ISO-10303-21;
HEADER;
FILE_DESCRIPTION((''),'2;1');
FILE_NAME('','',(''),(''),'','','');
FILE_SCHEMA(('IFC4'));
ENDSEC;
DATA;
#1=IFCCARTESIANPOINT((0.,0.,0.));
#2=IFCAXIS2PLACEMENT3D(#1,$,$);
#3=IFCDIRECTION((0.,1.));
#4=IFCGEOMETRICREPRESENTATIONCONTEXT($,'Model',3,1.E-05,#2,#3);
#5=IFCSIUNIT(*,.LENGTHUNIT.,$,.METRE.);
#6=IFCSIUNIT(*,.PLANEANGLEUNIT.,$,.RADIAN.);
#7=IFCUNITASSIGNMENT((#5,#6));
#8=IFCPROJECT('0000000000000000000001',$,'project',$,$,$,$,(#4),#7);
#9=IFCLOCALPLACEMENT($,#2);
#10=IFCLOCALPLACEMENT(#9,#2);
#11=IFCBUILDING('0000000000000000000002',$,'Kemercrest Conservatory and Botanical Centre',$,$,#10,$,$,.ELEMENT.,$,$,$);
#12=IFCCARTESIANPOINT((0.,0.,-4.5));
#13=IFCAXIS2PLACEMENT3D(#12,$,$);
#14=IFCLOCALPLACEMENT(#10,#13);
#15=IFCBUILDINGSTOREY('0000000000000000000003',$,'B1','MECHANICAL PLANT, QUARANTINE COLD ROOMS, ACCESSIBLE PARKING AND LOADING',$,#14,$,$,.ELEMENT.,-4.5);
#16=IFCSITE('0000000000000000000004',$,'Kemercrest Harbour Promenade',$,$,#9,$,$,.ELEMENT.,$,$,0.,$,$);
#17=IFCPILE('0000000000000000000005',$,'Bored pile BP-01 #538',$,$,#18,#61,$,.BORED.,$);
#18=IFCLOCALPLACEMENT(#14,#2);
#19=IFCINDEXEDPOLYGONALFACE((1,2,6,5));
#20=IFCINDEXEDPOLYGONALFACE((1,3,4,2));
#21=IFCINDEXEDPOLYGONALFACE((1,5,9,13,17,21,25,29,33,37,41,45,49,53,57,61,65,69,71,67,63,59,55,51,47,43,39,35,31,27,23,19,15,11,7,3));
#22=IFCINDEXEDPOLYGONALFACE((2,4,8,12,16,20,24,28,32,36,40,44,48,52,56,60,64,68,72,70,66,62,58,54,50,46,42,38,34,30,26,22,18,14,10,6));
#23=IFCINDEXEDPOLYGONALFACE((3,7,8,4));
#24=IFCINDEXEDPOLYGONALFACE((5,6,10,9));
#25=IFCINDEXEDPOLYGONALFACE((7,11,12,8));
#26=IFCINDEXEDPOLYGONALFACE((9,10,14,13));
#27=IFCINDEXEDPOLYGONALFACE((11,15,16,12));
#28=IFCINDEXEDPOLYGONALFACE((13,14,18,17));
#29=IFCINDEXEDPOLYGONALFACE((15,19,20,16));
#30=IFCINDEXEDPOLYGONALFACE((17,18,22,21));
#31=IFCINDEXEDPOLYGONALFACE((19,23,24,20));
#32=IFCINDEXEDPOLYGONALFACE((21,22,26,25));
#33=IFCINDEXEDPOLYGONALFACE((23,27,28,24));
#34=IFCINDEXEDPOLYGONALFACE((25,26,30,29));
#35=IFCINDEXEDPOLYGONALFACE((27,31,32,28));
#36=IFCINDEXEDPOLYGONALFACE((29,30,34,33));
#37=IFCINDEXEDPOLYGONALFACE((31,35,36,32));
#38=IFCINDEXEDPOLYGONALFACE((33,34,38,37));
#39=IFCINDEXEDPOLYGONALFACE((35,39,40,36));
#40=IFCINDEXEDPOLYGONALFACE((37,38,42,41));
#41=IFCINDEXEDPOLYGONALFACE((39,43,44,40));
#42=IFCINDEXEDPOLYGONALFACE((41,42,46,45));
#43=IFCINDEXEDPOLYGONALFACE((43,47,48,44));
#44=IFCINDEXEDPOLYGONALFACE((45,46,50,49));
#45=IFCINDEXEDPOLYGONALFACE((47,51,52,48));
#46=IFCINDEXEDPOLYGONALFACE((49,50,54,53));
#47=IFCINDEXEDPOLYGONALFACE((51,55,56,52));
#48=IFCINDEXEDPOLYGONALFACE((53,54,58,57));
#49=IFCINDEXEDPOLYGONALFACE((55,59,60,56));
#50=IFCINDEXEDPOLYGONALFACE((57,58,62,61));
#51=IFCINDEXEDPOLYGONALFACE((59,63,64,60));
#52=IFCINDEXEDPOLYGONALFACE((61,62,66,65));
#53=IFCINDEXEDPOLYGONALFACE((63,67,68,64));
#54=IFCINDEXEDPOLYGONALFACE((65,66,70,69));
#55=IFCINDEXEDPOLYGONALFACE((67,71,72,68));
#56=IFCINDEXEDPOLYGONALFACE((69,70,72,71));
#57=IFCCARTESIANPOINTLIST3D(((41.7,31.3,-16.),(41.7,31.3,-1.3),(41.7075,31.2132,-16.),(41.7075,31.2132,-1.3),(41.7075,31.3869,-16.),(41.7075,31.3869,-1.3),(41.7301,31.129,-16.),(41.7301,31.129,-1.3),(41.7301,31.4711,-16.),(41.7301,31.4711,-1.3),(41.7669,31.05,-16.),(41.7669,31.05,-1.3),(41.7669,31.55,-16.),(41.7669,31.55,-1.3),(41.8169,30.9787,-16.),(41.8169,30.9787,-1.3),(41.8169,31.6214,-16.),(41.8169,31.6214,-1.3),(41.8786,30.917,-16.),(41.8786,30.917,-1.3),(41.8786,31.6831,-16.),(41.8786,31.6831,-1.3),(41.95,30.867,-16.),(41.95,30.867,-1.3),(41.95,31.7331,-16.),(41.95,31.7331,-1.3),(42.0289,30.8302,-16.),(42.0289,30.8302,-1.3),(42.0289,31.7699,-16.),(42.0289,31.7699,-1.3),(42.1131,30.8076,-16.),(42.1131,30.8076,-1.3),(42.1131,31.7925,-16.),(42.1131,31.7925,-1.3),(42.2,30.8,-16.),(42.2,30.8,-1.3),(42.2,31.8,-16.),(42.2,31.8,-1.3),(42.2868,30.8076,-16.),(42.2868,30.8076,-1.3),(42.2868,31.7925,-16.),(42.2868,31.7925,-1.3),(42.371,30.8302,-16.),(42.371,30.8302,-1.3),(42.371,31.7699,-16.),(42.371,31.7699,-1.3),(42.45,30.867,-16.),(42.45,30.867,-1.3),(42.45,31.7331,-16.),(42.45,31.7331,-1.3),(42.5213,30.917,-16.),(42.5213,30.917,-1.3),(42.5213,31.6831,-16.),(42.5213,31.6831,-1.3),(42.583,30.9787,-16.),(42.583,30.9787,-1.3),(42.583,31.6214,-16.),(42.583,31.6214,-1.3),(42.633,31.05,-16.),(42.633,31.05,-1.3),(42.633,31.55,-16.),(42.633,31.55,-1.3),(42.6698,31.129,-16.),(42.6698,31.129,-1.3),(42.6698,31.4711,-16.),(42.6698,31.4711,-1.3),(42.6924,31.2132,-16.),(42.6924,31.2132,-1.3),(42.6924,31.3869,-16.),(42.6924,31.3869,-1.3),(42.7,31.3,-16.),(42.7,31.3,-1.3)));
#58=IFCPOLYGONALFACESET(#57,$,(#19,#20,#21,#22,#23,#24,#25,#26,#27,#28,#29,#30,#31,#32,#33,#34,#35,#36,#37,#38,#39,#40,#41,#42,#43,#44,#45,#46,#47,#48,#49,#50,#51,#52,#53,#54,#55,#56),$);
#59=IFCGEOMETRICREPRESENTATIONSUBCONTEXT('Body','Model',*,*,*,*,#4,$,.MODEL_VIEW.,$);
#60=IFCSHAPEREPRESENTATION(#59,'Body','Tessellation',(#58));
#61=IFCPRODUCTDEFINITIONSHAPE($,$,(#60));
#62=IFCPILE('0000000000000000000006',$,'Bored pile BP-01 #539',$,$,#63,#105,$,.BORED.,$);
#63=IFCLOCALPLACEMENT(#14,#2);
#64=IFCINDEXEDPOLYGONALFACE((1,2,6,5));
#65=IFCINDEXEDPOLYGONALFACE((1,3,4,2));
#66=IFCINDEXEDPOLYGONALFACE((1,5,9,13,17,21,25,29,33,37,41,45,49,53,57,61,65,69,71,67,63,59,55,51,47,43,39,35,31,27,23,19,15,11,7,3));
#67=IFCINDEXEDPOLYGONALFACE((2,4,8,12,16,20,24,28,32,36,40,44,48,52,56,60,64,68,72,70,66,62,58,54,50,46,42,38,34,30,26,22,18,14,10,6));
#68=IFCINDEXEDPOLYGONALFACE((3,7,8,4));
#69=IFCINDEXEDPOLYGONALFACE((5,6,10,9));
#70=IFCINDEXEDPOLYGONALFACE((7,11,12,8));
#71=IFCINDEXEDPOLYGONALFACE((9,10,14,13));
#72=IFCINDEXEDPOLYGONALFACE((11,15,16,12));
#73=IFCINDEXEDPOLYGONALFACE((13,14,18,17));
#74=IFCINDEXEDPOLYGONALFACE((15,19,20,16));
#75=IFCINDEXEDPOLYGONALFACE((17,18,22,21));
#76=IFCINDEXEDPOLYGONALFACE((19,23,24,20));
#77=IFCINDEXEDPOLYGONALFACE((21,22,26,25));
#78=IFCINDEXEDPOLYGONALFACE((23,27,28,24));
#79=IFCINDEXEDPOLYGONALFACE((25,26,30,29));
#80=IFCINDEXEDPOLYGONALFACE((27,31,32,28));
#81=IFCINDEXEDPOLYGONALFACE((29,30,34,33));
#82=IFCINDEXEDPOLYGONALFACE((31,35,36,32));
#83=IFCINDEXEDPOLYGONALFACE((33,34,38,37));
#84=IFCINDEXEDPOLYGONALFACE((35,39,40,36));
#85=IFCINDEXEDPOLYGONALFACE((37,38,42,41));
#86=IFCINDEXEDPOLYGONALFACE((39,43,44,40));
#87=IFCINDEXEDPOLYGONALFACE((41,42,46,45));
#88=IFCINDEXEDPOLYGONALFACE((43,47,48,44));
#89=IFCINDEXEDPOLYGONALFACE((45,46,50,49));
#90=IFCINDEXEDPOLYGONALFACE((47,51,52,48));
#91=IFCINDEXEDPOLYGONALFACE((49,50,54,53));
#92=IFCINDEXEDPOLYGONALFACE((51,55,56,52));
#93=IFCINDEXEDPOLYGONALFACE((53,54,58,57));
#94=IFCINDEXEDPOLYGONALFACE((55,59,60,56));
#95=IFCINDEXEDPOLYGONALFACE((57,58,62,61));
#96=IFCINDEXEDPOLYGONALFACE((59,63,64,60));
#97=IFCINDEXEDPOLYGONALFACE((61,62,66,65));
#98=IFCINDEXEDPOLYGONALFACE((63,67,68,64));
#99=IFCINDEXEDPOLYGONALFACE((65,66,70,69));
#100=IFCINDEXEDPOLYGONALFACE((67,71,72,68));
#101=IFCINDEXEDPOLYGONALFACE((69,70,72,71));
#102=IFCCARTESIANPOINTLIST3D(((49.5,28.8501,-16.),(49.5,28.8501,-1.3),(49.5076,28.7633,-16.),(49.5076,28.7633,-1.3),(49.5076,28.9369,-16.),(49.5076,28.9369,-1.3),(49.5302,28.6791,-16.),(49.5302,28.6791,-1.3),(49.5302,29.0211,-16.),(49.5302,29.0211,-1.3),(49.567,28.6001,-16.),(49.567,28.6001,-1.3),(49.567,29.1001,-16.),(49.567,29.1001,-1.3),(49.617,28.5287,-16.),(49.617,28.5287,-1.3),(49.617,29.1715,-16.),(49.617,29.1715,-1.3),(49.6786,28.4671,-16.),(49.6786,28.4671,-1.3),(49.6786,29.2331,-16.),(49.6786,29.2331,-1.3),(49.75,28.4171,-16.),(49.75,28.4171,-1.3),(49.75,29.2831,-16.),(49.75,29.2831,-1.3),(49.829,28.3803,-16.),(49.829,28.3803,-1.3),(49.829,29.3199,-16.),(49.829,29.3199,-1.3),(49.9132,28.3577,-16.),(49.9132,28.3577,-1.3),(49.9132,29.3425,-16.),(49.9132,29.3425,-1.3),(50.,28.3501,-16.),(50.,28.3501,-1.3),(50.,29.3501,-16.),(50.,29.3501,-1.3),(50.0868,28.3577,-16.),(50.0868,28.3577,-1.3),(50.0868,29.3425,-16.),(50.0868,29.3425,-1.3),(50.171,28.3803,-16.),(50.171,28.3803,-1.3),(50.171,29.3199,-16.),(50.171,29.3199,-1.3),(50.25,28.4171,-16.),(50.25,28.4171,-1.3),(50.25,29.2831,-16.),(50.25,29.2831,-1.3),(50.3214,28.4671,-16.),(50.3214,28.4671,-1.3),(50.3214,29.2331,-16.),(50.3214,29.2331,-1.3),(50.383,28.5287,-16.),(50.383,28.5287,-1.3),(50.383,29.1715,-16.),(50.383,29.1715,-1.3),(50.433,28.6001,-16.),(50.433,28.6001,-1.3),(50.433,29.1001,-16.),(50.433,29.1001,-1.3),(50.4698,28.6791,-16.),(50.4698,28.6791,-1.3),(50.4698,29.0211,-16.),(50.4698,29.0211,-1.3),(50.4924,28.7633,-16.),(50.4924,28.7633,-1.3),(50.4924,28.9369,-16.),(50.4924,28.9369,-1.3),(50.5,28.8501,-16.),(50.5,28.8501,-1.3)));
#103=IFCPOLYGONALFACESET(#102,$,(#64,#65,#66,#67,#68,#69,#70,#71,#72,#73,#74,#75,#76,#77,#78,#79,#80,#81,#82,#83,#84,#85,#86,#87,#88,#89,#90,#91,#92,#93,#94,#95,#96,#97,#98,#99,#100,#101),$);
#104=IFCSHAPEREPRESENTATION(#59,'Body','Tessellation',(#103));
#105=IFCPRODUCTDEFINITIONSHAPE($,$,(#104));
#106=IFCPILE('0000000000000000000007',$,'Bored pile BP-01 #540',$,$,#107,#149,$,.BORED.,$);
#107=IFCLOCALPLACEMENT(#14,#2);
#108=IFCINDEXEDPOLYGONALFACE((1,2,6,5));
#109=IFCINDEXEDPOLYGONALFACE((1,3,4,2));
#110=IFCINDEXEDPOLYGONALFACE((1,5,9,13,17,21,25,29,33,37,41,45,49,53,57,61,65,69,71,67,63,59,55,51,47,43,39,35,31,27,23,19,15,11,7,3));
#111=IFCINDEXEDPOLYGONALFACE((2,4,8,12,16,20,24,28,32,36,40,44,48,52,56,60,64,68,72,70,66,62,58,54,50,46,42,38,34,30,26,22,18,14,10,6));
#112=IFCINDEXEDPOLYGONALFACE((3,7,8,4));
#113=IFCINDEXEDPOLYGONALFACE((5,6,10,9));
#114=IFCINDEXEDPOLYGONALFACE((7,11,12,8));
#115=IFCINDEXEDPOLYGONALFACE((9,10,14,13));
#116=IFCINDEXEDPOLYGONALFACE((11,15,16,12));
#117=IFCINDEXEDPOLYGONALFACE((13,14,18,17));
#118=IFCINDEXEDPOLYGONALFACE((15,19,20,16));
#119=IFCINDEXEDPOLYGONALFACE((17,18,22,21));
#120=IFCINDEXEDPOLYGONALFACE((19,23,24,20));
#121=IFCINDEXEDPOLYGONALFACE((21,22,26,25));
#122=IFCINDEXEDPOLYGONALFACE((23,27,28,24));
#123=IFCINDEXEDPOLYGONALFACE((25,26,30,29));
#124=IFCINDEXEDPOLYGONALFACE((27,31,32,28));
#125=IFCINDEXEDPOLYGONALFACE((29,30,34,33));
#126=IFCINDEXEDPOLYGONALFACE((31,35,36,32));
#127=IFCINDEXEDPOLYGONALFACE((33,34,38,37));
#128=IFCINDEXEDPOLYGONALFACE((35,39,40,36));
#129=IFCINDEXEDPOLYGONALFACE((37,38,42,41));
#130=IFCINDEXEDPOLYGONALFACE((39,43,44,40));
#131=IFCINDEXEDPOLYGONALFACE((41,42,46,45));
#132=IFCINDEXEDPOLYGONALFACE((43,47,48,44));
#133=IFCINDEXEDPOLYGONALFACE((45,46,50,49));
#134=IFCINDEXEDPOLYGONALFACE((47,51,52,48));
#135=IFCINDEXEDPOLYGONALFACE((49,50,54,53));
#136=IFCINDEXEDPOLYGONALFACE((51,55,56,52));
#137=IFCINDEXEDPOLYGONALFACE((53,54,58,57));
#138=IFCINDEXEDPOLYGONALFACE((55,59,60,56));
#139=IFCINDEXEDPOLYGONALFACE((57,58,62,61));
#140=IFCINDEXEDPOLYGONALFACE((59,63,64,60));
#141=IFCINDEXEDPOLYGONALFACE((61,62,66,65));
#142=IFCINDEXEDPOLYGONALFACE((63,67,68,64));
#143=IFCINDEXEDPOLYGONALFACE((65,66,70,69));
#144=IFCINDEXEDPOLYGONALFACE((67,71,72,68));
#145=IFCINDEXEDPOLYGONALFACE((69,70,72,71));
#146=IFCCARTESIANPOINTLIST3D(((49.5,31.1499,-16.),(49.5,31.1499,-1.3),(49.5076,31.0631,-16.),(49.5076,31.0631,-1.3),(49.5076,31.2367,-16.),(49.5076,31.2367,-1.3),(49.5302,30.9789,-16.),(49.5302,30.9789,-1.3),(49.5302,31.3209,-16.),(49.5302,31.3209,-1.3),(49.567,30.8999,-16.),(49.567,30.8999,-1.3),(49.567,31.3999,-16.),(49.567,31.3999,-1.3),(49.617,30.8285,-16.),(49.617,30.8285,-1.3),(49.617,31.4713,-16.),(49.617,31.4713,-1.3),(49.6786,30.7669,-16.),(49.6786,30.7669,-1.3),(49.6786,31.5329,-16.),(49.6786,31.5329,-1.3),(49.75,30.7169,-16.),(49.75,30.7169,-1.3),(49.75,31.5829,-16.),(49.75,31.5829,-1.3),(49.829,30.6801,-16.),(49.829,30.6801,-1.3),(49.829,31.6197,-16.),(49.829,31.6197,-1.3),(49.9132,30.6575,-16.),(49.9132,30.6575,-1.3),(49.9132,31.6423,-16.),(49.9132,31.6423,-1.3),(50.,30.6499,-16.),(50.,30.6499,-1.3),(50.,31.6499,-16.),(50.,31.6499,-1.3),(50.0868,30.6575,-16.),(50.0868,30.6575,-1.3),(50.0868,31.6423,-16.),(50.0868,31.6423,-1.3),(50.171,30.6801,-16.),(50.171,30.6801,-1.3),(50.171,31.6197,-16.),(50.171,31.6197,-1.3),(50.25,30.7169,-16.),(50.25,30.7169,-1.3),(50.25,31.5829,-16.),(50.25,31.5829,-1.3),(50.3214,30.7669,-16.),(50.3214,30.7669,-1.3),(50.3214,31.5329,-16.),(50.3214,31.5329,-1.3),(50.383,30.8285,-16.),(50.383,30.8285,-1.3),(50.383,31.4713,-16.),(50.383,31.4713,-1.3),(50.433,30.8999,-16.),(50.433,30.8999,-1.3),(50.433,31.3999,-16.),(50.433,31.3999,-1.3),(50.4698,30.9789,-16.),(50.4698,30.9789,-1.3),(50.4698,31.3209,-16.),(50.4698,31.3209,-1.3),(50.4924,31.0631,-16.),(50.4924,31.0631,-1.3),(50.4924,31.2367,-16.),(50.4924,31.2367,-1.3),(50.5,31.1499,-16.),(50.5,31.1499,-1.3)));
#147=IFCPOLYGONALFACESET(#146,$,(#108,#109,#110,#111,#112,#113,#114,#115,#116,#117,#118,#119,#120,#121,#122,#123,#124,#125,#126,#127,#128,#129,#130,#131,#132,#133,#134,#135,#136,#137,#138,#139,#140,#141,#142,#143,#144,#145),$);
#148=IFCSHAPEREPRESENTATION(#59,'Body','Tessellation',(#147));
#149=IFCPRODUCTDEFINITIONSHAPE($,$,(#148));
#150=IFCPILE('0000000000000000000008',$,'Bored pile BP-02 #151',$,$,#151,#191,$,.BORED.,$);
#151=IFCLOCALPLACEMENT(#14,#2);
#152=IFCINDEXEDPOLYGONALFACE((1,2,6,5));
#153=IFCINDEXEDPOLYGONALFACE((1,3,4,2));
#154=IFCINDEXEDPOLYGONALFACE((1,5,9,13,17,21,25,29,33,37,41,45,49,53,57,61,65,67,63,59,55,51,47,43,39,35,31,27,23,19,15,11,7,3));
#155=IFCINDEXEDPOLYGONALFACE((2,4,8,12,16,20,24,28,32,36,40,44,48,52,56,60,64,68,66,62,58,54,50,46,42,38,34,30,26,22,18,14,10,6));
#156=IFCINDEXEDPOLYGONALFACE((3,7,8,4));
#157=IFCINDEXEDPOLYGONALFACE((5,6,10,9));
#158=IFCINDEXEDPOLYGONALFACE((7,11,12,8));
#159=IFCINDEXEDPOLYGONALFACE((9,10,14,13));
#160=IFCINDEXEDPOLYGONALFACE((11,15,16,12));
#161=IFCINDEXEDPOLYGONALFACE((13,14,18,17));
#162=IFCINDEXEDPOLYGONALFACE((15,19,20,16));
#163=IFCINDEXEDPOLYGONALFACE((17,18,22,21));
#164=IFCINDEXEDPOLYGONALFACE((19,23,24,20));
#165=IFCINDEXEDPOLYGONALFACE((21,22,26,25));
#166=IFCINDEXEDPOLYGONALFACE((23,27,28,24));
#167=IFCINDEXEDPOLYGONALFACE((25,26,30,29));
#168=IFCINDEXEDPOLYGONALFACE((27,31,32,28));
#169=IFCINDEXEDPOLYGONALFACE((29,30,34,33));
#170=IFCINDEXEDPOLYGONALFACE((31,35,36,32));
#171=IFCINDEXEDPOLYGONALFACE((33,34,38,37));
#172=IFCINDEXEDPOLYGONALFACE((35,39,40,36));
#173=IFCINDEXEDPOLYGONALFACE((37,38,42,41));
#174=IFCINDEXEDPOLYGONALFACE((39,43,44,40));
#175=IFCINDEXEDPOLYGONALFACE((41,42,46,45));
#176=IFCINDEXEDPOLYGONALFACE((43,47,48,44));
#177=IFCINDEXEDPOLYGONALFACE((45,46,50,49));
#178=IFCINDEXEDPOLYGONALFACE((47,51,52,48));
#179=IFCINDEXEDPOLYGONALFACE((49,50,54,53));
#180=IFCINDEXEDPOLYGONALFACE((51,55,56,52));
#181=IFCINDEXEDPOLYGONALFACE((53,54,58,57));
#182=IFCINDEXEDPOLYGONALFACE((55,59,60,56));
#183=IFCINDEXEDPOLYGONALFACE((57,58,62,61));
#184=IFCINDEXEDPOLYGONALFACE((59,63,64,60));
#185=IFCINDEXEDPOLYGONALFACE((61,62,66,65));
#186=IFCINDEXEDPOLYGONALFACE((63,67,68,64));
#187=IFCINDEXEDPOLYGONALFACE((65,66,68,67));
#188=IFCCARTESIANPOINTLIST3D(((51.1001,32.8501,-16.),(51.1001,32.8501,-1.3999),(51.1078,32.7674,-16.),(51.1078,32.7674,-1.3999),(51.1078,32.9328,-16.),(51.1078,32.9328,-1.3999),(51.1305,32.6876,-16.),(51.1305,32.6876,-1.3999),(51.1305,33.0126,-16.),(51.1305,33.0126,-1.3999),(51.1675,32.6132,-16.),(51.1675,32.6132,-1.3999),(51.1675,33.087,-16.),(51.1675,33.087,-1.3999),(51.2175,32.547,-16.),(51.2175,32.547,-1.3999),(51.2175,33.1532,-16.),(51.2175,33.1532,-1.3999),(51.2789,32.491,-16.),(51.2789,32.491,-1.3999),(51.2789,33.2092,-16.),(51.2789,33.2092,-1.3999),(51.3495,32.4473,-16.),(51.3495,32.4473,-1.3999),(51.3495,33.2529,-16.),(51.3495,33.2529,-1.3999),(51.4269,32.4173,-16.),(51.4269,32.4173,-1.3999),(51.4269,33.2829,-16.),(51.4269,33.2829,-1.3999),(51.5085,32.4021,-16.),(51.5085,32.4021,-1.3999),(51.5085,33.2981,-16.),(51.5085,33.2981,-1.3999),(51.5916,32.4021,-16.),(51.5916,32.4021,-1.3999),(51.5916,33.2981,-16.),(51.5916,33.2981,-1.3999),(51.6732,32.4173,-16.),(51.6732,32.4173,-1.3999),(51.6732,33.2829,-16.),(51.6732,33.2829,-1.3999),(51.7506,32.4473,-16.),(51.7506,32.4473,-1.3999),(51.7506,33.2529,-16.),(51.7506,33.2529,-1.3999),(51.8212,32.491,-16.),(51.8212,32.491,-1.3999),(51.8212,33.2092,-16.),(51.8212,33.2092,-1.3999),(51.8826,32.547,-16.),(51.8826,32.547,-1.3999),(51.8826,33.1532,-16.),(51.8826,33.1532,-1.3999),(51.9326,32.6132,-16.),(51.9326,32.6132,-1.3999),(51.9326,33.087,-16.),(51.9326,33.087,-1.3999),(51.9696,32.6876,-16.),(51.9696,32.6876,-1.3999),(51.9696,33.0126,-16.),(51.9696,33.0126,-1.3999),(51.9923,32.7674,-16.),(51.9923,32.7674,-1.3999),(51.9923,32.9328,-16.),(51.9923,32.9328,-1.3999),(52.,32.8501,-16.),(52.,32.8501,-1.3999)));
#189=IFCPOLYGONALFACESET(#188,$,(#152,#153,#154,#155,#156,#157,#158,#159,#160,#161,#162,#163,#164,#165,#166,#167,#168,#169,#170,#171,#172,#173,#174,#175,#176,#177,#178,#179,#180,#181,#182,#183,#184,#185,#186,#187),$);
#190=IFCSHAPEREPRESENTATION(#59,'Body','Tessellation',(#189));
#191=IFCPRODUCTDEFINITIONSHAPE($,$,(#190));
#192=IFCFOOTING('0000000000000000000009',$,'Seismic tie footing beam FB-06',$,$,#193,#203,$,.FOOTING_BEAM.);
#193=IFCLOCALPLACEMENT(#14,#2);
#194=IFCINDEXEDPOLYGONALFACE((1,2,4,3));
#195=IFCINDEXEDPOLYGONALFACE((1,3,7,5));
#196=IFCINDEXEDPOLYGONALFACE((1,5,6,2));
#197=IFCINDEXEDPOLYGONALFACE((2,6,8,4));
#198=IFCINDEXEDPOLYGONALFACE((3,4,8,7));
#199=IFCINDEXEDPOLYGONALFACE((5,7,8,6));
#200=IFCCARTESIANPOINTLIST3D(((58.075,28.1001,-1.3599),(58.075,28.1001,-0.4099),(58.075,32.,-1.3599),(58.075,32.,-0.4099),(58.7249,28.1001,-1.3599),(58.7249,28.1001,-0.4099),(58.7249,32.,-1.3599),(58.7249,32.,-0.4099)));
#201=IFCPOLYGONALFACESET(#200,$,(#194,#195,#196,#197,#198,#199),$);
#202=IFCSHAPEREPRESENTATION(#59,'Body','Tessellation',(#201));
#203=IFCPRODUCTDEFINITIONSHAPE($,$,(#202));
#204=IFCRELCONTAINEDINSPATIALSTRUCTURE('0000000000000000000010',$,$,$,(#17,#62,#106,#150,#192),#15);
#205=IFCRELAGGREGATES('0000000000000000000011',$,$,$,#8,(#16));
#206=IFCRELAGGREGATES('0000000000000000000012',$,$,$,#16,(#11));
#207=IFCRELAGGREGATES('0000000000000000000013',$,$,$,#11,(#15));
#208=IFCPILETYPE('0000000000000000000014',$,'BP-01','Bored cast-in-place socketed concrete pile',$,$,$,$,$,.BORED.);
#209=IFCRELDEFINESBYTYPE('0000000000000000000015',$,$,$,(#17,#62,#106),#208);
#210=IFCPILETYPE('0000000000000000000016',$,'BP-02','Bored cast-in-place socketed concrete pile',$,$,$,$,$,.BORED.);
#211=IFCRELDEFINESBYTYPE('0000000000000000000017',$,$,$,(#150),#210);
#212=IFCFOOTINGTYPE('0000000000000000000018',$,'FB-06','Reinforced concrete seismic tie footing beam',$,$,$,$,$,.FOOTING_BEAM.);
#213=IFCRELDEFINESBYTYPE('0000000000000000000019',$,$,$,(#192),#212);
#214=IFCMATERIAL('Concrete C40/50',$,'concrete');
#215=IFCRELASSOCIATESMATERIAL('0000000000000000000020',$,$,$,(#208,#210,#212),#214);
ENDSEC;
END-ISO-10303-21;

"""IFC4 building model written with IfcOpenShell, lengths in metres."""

from ifc_helpers import new_model, si_unit, direction, frame, origin, origin_2d, place, context, subcontext, project, spatial, rectangle, circle, extrude, material, material_profile, profile_set, type_object, element, save


model = new_model("IFC4")

# Units and contexts
model_context = context("Model", 3, precision=1e-05, world=origin(), true_north=direction((0.0, 1.0)))
body_context = subcontext(model_context, "Body", "Model", "MODEL_VIEW")
ifc_project = project(units=[si_unit("LENGTHUNIT", "METRE"), si_unit("PLANEANGLEUNIT", "RADIAN")], contexts=[model_context])

# Site, building, storey
site_placement = place(None, origin())
site = spatial("IfcSite", under=ifc_project, at=site_placement, Name="Kemercrest Harbour Promenade", CompositionType="ELEMENT", RefElevation=0.0)
building_placement = place(site_placement, origin())
building = spatial("IfcBuilding", under=site, at=building_placement, Name="Kemercrest Conservatory and Botanical Centre", CompositionType="ELEMENT")
storey_placement = place(building_placement, frame((0.0, 0.0, -4.5)))
storey = spatial("IfcBuildingStorey", under=building, at=storey_placement, Name="B1", Description="MECHANICAL PLANT, QUARANTINE COLD ROOMS, ACCESSIBLE PARKING AND LOADING", CompositionType="ELEMENT", Elevation=-4.5)

# Piles
ifc_material_1 = material(Name="Concrete C40/50", Category="concrete")
ifc_material_profile_1 = material_profile(ifc_material_1, circle(Radius=0.5, at=origin_2d()), Name="BORED PILE 1000")
ifc_profile_set_1 = profile_set([ifc_material_profile_1], Name="Concrete C40/50")
pile_type_1 = type_object("IfcPileType", Name="BP-01", Description="Bored cast-in-place socketed concrete pile", PredefinedType="BORED", material=ifc_profile_set_1)
for number, where, z_axis, x_axis, name in (
    (1, (42.2, 31.3, -1.3), (0.0, 0.0, -1.0), (1.0, 0.0, 0.0), "Bored pile BP-01 #538"),
    (2, (50.0, 28.8501, -1.3), (0.0, 0.0, -1.0), (1.0, 0.0, 0.0), "Bored pile BP-01 #539"),
    (3, (50.0, 31.1499, -1.3), (0.0, 0.0, -1.0), (1.0, 0.0, 0.0), "Bored pile BP-01 #540"),
):
    element("IfcPile", number, at=place(storey_placement, frame(where, z_axis=z_axis, x_axis=x_axis)), inside=storey, type_object=pile_type_1, Name=name, PredefinedType="BORED", context=body_context, shape_type="SweptSolid", body=[
        extrude(circle(Radius=0.5, at=origin_2d()), origin(), (0.0, 0.0, 1.0), 14.7),
    ])
ifc_material_profile_2 = material_profile(ifc_material_1, circle(Radius=0.45, at=origin_2d()), Name="BORED PILE 900")
ifc_profile_set_2 = profile_set([ifc_material_profile_2], Name="Concrete C40/50")
pile_type_2 = type_object("IfcPileType", Name="BP-02", Description="Bored cast-in-place socketed concrete pile", PredefinedType="BORED", material=ifc_profile_set_2)
pile_1_placement = place(storey_placement, frame((51.55, 32.8501, -1.3999), z_axis=(0.0, 0.0, -1.0), x_axis=(1.0, 0.0, 0.0)))
element("IfcPile", 4, at=pile_1_placement, inside=storey, type_object=pile_type_2, Name="Bored pile BP-02 #151", PredefinedType="BORED", context=body_context, shape_type="SweptSolid", body=[
    extrude(circle(Radius=0.45, at=origin_2d()), origin(), (0.0, 0.0, 1.0), 14.6001),
])

# Footing
footing_type_1 = type_object("IfcFootingType", Name="FB-06", Description="Reinforced concrete seismic tie footing beam", PredefinedType="FOOTING_BEAM", material=ifc_material_1)
footing_1_placement = place(storey_placement, frame((58.3999, 30.05, -1.3599), z_axis=(0.0, 0.0, 1.0), x_axis=(1.0, 0.0, 0.0)))
element("IfcFooting", 5, at=footing_1_placement, inside=storey, type_object=footing_type_1, Name="Seismic tie footing beam FB-06", PredefinedType="FOOTING_BEAM", context=body_context, shape_type="SweptSolid", body=[
    extrude(rectangle(XDim=0.6499, YDim=3.8999, at=origin_2d()), origin(), (0.0, 0.0, 1.0), 0.95),
])

save(model, "model.ifc")
